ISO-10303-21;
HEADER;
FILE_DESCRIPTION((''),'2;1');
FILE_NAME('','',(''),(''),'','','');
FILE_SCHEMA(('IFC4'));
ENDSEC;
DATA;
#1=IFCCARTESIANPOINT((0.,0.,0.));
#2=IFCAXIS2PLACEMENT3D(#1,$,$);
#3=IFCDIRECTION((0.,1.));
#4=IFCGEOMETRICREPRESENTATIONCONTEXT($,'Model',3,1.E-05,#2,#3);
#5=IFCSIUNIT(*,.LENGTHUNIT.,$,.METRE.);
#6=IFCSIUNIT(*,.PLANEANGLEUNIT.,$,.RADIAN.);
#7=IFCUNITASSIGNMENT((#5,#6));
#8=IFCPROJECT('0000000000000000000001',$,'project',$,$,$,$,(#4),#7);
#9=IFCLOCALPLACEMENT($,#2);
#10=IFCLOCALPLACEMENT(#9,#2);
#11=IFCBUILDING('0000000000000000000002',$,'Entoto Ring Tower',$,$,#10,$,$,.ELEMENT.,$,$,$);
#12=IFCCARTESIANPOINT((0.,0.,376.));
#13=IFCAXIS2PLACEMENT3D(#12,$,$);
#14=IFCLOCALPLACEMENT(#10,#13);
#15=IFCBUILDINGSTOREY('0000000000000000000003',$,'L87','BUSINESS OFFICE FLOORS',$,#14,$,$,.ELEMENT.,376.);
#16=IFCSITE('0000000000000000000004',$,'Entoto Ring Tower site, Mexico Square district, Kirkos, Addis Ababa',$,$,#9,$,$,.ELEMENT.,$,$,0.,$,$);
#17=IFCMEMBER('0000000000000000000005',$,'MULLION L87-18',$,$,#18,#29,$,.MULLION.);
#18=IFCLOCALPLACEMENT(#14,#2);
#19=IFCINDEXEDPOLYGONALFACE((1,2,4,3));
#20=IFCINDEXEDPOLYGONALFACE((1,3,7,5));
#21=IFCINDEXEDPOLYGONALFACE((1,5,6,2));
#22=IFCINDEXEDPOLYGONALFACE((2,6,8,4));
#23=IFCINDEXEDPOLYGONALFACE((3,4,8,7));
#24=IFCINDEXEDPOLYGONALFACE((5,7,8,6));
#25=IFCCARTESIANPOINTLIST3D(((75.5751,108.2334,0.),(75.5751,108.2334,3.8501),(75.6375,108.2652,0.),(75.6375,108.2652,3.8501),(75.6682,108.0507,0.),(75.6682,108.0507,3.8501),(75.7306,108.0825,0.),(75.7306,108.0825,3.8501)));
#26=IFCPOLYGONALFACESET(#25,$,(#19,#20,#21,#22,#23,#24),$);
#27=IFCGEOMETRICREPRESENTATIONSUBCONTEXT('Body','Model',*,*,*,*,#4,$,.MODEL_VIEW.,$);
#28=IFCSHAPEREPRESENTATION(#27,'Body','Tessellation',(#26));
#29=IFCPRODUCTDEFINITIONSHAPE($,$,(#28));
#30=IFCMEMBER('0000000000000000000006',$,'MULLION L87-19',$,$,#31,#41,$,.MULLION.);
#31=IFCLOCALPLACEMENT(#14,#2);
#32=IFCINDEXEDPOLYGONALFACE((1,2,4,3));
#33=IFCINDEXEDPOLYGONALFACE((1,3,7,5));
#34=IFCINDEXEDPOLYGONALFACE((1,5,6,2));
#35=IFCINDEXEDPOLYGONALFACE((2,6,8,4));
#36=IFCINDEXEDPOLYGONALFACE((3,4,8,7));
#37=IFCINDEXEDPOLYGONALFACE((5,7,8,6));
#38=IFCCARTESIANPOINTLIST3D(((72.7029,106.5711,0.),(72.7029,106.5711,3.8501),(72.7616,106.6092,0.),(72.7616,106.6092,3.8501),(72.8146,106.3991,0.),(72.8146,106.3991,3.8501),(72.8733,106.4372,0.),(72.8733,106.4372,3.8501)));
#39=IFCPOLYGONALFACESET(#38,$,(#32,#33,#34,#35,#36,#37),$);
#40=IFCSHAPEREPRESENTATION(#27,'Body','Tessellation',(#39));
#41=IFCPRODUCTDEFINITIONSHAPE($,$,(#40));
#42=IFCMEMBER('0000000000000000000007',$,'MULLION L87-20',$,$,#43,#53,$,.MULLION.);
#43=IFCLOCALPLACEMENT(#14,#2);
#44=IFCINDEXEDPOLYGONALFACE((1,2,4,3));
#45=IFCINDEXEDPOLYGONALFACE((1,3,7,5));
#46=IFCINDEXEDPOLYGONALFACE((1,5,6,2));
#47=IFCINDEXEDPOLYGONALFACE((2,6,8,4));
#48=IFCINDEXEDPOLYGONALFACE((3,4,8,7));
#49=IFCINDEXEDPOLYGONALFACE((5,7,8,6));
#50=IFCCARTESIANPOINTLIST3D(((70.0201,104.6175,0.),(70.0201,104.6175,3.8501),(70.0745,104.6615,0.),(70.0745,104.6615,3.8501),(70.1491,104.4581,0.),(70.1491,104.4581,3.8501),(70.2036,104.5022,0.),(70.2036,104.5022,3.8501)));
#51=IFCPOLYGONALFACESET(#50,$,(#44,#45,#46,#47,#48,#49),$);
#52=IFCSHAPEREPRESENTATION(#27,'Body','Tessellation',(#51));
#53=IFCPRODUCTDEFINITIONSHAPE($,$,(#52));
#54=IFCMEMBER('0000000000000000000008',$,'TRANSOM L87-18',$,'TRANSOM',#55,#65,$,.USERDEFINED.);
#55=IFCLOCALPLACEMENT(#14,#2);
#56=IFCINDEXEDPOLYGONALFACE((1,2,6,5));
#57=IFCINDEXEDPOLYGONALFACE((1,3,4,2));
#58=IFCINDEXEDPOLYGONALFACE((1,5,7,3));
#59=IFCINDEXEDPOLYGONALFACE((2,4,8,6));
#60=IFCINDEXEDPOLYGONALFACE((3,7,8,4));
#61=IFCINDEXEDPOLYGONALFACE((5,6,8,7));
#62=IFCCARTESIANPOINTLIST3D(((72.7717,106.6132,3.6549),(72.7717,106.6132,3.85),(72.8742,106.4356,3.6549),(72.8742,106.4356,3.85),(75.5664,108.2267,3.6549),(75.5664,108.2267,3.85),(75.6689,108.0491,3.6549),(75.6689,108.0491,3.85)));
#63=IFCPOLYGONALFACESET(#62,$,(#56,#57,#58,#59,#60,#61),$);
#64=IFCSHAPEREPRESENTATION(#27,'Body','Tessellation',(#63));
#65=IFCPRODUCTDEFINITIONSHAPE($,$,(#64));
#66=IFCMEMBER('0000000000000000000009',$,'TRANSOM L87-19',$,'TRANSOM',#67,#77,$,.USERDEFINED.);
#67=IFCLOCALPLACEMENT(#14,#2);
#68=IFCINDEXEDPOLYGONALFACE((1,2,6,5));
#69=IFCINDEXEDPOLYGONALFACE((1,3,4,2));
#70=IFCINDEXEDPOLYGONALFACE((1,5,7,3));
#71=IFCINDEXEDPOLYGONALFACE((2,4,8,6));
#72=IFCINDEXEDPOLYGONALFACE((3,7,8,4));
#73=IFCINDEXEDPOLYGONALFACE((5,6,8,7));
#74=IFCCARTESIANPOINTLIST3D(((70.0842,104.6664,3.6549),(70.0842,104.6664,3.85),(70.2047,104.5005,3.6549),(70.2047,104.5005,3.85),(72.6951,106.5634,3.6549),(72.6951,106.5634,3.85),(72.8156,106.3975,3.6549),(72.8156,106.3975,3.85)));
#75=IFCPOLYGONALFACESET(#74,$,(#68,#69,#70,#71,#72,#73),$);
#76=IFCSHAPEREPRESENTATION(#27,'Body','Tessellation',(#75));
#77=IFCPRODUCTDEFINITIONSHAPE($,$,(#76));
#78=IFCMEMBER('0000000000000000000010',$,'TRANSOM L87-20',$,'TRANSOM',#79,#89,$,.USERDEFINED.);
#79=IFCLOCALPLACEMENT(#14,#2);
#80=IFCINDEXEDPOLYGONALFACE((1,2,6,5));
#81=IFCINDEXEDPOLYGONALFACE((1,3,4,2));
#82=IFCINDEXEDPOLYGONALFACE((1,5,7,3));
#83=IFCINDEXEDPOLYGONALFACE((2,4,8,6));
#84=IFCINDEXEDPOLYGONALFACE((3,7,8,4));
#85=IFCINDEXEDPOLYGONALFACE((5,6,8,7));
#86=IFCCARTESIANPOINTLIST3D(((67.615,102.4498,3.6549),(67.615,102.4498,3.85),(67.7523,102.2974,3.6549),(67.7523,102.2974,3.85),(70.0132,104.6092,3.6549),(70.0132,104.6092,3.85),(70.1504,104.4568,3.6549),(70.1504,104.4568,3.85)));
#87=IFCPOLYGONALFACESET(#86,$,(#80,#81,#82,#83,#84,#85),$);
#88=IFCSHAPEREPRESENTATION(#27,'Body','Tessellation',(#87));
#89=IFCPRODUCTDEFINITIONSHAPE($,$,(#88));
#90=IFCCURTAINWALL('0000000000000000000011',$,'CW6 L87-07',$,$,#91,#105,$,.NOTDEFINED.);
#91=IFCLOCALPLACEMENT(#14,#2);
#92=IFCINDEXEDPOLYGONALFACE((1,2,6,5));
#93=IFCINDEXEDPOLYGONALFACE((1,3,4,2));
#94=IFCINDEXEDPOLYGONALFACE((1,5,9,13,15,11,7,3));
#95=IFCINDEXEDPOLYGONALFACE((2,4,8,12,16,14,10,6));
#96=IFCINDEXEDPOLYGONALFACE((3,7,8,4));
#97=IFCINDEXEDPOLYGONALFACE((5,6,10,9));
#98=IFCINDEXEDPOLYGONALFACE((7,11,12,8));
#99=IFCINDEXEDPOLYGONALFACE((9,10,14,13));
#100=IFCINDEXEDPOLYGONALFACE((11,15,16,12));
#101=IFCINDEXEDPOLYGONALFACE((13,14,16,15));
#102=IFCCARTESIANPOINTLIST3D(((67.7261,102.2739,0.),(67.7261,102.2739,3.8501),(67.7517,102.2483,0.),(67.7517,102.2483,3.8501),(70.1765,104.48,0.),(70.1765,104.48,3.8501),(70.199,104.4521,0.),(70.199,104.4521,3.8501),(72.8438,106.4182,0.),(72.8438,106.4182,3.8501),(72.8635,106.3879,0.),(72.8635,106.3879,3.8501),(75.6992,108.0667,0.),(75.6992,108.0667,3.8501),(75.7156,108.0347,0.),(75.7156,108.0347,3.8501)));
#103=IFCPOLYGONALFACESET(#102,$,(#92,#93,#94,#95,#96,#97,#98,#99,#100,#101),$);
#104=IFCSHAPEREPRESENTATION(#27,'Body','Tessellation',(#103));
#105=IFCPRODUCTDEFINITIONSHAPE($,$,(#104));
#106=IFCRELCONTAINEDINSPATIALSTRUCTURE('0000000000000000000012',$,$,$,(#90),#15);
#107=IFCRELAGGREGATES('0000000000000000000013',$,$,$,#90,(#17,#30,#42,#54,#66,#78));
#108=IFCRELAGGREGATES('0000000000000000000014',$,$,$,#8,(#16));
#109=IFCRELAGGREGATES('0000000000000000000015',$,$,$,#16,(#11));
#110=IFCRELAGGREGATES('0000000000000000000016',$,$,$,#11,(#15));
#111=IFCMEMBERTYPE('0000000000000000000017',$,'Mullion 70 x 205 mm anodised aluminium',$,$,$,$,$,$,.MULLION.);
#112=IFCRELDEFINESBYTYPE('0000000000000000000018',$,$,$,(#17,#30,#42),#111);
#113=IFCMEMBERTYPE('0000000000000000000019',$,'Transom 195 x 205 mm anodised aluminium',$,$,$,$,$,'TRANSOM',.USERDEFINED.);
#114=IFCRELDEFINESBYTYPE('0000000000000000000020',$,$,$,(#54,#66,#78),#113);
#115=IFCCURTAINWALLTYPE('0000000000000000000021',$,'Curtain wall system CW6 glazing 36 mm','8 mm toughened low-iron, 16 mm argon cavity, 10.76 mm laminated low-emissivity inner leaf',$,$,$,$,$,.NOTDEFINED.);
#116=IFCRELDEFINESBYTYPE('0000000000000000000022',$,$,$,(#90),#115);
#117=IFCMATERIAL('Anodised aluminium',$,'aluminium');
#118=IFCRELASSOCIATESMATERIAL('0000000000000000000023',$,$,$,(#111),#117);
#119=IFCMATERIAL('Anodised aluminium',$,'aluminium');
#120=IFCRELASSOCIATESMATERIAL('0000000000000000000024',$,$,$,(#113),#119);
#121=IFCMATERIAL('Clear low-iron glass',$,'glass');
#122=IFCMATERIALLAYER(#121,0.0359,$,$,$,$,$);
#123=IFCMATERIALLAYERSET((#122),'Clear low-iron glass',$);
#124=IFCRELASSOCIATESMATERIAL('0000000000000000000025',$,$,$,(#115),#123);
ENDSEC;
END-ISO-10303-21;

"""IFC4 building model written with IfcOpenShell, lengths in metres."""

from ifc_helpers import new_model, si_unit, direction, frame, origin, origin_2d, place, context, subcontext, project, spatial, polyline, rectangle, outline, extrude, material, layer, layer_set, material_profile, profile_set, type_object, element, aggregate, save


model = new_model("IFC4")

# Units and contexts
model_context = context("Model", 3, precision=1e-05, world=origin(), true_north=direction((0.0, 1.0)))
body_context = subcontext(model_context, "Body", "Model", "MODEL_VIEW")
ifc_project = project(units=[si_unit("LENGTHUNIT", "METRE"), si_unit("PLANEANGLEUNIT", "RADIAN")], contexts=[model_context])

# Members
ifc_material_1 = material(Name="Anodised aluminium", Category="aluminium")
ifc_material_profile_1 = material_profile(ifc_material_1, rectangle(XDim=0.0701, YDim=0.2051, at=origin_2d()), Name="Mullion 70 x 205 mm anodised aluminium")
ifc_profile_set_1 = profile_set([ifc_material_profile_1], Name="Anodised aluminium")
member_type_1 = type_object("IfcMemberType", Name="Mullion 70 x 205 mm anodised aluminium", PredefinedType="MULLION", material=ifc_profile_set_1)
site_placement = place(None, origin())
building_placement = place(site_placement, origin())
storey_placement = place(building_placement, frame((0.0, 0.0, 376.0)))
member_1_placement = place(storey_placement, frame((75.6528, 108.158, 0.0), z_axis=(0.0, 0.0, 1.0), x_axis=(-0.891007, -0.45399, 0.0)))
member_1 = element("IfcMember", 1, at=member_1_placement, type_object=member_type_1, Name="MULLION L87-18", PredefinedType="MULLION", context=body_context, shape_type="SweptSolid", body=[
    extrude(rectangle(XDim=0.0701, YDim=0.2051, at=origin_2d()), origin(), (0.0, 0.0, 1.0), 3.8501),
])
member_2_placement = place(storey_placement, frame((72.7881, 106.5042, 0.0), z_axis=(0.0, 0.0, 1.0), x_axis=(-0.838671, -0.544639, 0.0)))
member_2 = element("IfcMember", 2, at=member_2_placement, type_object=member_type_1, Name="MULLION L87-19", PredefinedType="MULLION", context=body_context, shape_type="SweptSolid", body=[
    extrude(rectangle(XDim=0.0701, YDim=0.2051, at=origin_2d()), origin(), (0.0, 0.0, 1.0), 3.8501),
])
member_3_placement = place(storey_placement, frame((70.1118, 104.5598, 0.0), z_axis=(0.0, 0.0, 1.0), x_axis=(-0.777146, -0.62932, 0.0)))
member_3 = element("IfcMember", 3, at=member_3_placement, type_object=member_type_1, Name="MULLION L87-20", PredefinedType="MULLION", context=body_context, shape_type="SweptSolid", body=[
    extrude(rectangle(XDim=0.0701, YDim=0.2051, at=origin_2d()), origin(), (0.0, 0.0, 1.0), 3.8501),
])
ifc_material_2 = material(Name="Anodised aluminium", Category="aluminium")
ifc_material_profile_2 = material_profile(ifc_material_2, rectangle(XDim=0.2051, YDim=0.1951, at=origin_2d()), Name="Transom 195 x 205 mm anodised aluminium")
ifc_profile_set_2 = profile_set([ifc_material_profile_2], Name="Anodised aluminium")
member_type_2 = type_object("IfcMemberType", Name="Transom 195 x 205 mm anodised aluminium", ElementType="TRANSOM", PredefinedType="USERDEFINED", material=ifc_profile_set_2)
member_4_placement = place(storey_placement, frame((75.6177, 108.1379, 3.7524), z_axis=(-0.866023, -0.500004, 0.0), x_axis=(0.500004, -0.866023, 0.0)))
member_4 = element("IfcMember", 4, at=member_4_placement, type_object=member_type_2, Name="TRANSOM L87-18", ObjectType="TRANSOM", PredefinedType="USERDEFINED", context=body_context, shape_type="SweptSolid", body=[
    extrude(rectangle(XDim=0.2051, YDim=0.1951, at=origin_2d()), origin(), (0.0, 0.0, 1.0), 3.2271),
])
member_5_placement = place(storey_placement, frame((72.7554, 106.4805, 3.7524), z_axis=(-0.809004, -0.587803, 0.0), x_axis=(0.587803, -0.809004, 0.0)))
member_5 = element("IfcMember", 5, at=member_5_placement, type_object=member_type_2, Name="TRANSOM L87-19", ObjectType="TRANSOM", PredefinedType="USERDEFINED", context=body_context, shape_type="SweptSolid", body=[
    extrude(rectangle(XDim=0.2051, YDim=0.1951, at=origin_2d()), origin(), (0.0, 0.0, 1.0), 3.2273),
])
member_6_placement = place(storey_placement, frame((70.0818, 104.533, 3.7524), z_axis=(-0.743132, -0.669144, 0.0), x_axis=(0.669144, -0.743132, 0.0)))
member_6 = element("IfcMember", 6, at=member_6_placement, type_object=member_type_2, Name="TRANSOM L87-20", ObjectType="TRANSOM", PredefinedType="USERDEFINED", context=body_context, shape_type="SweptSolid", body=[
    extrude(rectangle(XDim=0.2051, YDim=0.1951, at=origin_2d()), origin(), (0.0, 0.0, 1.0), 3.2271),
])

# Site, building, storey
site = spatial("IfcSite", under=ifc_project, at=site_placement, Name="Entoto Ring Tower site, Mexico Square district, Kirkos, Addis Ababa", CompositionType="ELEMENT", RefElevation=0.0)
building = spatial("IfcBuilding", under=site, at=building_placement, Name="Entoto Ring Tower", CompositionType="ELEMENT")
storey = spatial("IfcBuildingStorey", under=building, at=storey_placement, Name="L87", Description="BUSINESS OFFICE FLOORS", CompositionType="ELEMENT", Elevation=376.0)

# Curtain wall
ifc_material_3 = material(Name="Clear low-iron glass", Category="glass")
ifc_layer = layer(ifc_material_3, 0.0359)
ifc_layer_set = layer_set([ifc_layer], Name="Clear low-iron glass")
curtain_wall_type = type_object("IfcCurtainWallType", Name="Curtain wall system CW6 glazing 36 mm", Description="8 mm toughened low-iron, 16 mm argon cavity, 10.76 mm laminated low-emissivity inner leaf", PredefinedType="NOTDEFINED", material=ifc_layer_set)
curtain_wall_1_placement = place(storey_placement, origin())
curtain_wall_1 = element("IfcCurtainWall", 7, at=curtain_wall_1_placement, inside=storey, type_object=curtain_wall_type, Name="CW6 L87-07", PredefinedType="NOTDEFINED", context=body_context, shape_type="SweptSolid", body=[
    extrude(outline(polyline([(75.6992, 108.0667), (72.8438, 106.4182), (70.1765, 104.48), (67.7261, 102.2739), (67.7517, 102.2483), (70.199, 104.4521), (72.8635, 106.3879), (75.7156, 108.0347), (75.6992, 108.0667)])), origin(), (0.0, 0.0, 1.0), 3.8501),
])
aggregate(curtain_wall_1, [member_1, member_2, member_3, member_4, member_5, member_6])

save(model, "model.ifc")
